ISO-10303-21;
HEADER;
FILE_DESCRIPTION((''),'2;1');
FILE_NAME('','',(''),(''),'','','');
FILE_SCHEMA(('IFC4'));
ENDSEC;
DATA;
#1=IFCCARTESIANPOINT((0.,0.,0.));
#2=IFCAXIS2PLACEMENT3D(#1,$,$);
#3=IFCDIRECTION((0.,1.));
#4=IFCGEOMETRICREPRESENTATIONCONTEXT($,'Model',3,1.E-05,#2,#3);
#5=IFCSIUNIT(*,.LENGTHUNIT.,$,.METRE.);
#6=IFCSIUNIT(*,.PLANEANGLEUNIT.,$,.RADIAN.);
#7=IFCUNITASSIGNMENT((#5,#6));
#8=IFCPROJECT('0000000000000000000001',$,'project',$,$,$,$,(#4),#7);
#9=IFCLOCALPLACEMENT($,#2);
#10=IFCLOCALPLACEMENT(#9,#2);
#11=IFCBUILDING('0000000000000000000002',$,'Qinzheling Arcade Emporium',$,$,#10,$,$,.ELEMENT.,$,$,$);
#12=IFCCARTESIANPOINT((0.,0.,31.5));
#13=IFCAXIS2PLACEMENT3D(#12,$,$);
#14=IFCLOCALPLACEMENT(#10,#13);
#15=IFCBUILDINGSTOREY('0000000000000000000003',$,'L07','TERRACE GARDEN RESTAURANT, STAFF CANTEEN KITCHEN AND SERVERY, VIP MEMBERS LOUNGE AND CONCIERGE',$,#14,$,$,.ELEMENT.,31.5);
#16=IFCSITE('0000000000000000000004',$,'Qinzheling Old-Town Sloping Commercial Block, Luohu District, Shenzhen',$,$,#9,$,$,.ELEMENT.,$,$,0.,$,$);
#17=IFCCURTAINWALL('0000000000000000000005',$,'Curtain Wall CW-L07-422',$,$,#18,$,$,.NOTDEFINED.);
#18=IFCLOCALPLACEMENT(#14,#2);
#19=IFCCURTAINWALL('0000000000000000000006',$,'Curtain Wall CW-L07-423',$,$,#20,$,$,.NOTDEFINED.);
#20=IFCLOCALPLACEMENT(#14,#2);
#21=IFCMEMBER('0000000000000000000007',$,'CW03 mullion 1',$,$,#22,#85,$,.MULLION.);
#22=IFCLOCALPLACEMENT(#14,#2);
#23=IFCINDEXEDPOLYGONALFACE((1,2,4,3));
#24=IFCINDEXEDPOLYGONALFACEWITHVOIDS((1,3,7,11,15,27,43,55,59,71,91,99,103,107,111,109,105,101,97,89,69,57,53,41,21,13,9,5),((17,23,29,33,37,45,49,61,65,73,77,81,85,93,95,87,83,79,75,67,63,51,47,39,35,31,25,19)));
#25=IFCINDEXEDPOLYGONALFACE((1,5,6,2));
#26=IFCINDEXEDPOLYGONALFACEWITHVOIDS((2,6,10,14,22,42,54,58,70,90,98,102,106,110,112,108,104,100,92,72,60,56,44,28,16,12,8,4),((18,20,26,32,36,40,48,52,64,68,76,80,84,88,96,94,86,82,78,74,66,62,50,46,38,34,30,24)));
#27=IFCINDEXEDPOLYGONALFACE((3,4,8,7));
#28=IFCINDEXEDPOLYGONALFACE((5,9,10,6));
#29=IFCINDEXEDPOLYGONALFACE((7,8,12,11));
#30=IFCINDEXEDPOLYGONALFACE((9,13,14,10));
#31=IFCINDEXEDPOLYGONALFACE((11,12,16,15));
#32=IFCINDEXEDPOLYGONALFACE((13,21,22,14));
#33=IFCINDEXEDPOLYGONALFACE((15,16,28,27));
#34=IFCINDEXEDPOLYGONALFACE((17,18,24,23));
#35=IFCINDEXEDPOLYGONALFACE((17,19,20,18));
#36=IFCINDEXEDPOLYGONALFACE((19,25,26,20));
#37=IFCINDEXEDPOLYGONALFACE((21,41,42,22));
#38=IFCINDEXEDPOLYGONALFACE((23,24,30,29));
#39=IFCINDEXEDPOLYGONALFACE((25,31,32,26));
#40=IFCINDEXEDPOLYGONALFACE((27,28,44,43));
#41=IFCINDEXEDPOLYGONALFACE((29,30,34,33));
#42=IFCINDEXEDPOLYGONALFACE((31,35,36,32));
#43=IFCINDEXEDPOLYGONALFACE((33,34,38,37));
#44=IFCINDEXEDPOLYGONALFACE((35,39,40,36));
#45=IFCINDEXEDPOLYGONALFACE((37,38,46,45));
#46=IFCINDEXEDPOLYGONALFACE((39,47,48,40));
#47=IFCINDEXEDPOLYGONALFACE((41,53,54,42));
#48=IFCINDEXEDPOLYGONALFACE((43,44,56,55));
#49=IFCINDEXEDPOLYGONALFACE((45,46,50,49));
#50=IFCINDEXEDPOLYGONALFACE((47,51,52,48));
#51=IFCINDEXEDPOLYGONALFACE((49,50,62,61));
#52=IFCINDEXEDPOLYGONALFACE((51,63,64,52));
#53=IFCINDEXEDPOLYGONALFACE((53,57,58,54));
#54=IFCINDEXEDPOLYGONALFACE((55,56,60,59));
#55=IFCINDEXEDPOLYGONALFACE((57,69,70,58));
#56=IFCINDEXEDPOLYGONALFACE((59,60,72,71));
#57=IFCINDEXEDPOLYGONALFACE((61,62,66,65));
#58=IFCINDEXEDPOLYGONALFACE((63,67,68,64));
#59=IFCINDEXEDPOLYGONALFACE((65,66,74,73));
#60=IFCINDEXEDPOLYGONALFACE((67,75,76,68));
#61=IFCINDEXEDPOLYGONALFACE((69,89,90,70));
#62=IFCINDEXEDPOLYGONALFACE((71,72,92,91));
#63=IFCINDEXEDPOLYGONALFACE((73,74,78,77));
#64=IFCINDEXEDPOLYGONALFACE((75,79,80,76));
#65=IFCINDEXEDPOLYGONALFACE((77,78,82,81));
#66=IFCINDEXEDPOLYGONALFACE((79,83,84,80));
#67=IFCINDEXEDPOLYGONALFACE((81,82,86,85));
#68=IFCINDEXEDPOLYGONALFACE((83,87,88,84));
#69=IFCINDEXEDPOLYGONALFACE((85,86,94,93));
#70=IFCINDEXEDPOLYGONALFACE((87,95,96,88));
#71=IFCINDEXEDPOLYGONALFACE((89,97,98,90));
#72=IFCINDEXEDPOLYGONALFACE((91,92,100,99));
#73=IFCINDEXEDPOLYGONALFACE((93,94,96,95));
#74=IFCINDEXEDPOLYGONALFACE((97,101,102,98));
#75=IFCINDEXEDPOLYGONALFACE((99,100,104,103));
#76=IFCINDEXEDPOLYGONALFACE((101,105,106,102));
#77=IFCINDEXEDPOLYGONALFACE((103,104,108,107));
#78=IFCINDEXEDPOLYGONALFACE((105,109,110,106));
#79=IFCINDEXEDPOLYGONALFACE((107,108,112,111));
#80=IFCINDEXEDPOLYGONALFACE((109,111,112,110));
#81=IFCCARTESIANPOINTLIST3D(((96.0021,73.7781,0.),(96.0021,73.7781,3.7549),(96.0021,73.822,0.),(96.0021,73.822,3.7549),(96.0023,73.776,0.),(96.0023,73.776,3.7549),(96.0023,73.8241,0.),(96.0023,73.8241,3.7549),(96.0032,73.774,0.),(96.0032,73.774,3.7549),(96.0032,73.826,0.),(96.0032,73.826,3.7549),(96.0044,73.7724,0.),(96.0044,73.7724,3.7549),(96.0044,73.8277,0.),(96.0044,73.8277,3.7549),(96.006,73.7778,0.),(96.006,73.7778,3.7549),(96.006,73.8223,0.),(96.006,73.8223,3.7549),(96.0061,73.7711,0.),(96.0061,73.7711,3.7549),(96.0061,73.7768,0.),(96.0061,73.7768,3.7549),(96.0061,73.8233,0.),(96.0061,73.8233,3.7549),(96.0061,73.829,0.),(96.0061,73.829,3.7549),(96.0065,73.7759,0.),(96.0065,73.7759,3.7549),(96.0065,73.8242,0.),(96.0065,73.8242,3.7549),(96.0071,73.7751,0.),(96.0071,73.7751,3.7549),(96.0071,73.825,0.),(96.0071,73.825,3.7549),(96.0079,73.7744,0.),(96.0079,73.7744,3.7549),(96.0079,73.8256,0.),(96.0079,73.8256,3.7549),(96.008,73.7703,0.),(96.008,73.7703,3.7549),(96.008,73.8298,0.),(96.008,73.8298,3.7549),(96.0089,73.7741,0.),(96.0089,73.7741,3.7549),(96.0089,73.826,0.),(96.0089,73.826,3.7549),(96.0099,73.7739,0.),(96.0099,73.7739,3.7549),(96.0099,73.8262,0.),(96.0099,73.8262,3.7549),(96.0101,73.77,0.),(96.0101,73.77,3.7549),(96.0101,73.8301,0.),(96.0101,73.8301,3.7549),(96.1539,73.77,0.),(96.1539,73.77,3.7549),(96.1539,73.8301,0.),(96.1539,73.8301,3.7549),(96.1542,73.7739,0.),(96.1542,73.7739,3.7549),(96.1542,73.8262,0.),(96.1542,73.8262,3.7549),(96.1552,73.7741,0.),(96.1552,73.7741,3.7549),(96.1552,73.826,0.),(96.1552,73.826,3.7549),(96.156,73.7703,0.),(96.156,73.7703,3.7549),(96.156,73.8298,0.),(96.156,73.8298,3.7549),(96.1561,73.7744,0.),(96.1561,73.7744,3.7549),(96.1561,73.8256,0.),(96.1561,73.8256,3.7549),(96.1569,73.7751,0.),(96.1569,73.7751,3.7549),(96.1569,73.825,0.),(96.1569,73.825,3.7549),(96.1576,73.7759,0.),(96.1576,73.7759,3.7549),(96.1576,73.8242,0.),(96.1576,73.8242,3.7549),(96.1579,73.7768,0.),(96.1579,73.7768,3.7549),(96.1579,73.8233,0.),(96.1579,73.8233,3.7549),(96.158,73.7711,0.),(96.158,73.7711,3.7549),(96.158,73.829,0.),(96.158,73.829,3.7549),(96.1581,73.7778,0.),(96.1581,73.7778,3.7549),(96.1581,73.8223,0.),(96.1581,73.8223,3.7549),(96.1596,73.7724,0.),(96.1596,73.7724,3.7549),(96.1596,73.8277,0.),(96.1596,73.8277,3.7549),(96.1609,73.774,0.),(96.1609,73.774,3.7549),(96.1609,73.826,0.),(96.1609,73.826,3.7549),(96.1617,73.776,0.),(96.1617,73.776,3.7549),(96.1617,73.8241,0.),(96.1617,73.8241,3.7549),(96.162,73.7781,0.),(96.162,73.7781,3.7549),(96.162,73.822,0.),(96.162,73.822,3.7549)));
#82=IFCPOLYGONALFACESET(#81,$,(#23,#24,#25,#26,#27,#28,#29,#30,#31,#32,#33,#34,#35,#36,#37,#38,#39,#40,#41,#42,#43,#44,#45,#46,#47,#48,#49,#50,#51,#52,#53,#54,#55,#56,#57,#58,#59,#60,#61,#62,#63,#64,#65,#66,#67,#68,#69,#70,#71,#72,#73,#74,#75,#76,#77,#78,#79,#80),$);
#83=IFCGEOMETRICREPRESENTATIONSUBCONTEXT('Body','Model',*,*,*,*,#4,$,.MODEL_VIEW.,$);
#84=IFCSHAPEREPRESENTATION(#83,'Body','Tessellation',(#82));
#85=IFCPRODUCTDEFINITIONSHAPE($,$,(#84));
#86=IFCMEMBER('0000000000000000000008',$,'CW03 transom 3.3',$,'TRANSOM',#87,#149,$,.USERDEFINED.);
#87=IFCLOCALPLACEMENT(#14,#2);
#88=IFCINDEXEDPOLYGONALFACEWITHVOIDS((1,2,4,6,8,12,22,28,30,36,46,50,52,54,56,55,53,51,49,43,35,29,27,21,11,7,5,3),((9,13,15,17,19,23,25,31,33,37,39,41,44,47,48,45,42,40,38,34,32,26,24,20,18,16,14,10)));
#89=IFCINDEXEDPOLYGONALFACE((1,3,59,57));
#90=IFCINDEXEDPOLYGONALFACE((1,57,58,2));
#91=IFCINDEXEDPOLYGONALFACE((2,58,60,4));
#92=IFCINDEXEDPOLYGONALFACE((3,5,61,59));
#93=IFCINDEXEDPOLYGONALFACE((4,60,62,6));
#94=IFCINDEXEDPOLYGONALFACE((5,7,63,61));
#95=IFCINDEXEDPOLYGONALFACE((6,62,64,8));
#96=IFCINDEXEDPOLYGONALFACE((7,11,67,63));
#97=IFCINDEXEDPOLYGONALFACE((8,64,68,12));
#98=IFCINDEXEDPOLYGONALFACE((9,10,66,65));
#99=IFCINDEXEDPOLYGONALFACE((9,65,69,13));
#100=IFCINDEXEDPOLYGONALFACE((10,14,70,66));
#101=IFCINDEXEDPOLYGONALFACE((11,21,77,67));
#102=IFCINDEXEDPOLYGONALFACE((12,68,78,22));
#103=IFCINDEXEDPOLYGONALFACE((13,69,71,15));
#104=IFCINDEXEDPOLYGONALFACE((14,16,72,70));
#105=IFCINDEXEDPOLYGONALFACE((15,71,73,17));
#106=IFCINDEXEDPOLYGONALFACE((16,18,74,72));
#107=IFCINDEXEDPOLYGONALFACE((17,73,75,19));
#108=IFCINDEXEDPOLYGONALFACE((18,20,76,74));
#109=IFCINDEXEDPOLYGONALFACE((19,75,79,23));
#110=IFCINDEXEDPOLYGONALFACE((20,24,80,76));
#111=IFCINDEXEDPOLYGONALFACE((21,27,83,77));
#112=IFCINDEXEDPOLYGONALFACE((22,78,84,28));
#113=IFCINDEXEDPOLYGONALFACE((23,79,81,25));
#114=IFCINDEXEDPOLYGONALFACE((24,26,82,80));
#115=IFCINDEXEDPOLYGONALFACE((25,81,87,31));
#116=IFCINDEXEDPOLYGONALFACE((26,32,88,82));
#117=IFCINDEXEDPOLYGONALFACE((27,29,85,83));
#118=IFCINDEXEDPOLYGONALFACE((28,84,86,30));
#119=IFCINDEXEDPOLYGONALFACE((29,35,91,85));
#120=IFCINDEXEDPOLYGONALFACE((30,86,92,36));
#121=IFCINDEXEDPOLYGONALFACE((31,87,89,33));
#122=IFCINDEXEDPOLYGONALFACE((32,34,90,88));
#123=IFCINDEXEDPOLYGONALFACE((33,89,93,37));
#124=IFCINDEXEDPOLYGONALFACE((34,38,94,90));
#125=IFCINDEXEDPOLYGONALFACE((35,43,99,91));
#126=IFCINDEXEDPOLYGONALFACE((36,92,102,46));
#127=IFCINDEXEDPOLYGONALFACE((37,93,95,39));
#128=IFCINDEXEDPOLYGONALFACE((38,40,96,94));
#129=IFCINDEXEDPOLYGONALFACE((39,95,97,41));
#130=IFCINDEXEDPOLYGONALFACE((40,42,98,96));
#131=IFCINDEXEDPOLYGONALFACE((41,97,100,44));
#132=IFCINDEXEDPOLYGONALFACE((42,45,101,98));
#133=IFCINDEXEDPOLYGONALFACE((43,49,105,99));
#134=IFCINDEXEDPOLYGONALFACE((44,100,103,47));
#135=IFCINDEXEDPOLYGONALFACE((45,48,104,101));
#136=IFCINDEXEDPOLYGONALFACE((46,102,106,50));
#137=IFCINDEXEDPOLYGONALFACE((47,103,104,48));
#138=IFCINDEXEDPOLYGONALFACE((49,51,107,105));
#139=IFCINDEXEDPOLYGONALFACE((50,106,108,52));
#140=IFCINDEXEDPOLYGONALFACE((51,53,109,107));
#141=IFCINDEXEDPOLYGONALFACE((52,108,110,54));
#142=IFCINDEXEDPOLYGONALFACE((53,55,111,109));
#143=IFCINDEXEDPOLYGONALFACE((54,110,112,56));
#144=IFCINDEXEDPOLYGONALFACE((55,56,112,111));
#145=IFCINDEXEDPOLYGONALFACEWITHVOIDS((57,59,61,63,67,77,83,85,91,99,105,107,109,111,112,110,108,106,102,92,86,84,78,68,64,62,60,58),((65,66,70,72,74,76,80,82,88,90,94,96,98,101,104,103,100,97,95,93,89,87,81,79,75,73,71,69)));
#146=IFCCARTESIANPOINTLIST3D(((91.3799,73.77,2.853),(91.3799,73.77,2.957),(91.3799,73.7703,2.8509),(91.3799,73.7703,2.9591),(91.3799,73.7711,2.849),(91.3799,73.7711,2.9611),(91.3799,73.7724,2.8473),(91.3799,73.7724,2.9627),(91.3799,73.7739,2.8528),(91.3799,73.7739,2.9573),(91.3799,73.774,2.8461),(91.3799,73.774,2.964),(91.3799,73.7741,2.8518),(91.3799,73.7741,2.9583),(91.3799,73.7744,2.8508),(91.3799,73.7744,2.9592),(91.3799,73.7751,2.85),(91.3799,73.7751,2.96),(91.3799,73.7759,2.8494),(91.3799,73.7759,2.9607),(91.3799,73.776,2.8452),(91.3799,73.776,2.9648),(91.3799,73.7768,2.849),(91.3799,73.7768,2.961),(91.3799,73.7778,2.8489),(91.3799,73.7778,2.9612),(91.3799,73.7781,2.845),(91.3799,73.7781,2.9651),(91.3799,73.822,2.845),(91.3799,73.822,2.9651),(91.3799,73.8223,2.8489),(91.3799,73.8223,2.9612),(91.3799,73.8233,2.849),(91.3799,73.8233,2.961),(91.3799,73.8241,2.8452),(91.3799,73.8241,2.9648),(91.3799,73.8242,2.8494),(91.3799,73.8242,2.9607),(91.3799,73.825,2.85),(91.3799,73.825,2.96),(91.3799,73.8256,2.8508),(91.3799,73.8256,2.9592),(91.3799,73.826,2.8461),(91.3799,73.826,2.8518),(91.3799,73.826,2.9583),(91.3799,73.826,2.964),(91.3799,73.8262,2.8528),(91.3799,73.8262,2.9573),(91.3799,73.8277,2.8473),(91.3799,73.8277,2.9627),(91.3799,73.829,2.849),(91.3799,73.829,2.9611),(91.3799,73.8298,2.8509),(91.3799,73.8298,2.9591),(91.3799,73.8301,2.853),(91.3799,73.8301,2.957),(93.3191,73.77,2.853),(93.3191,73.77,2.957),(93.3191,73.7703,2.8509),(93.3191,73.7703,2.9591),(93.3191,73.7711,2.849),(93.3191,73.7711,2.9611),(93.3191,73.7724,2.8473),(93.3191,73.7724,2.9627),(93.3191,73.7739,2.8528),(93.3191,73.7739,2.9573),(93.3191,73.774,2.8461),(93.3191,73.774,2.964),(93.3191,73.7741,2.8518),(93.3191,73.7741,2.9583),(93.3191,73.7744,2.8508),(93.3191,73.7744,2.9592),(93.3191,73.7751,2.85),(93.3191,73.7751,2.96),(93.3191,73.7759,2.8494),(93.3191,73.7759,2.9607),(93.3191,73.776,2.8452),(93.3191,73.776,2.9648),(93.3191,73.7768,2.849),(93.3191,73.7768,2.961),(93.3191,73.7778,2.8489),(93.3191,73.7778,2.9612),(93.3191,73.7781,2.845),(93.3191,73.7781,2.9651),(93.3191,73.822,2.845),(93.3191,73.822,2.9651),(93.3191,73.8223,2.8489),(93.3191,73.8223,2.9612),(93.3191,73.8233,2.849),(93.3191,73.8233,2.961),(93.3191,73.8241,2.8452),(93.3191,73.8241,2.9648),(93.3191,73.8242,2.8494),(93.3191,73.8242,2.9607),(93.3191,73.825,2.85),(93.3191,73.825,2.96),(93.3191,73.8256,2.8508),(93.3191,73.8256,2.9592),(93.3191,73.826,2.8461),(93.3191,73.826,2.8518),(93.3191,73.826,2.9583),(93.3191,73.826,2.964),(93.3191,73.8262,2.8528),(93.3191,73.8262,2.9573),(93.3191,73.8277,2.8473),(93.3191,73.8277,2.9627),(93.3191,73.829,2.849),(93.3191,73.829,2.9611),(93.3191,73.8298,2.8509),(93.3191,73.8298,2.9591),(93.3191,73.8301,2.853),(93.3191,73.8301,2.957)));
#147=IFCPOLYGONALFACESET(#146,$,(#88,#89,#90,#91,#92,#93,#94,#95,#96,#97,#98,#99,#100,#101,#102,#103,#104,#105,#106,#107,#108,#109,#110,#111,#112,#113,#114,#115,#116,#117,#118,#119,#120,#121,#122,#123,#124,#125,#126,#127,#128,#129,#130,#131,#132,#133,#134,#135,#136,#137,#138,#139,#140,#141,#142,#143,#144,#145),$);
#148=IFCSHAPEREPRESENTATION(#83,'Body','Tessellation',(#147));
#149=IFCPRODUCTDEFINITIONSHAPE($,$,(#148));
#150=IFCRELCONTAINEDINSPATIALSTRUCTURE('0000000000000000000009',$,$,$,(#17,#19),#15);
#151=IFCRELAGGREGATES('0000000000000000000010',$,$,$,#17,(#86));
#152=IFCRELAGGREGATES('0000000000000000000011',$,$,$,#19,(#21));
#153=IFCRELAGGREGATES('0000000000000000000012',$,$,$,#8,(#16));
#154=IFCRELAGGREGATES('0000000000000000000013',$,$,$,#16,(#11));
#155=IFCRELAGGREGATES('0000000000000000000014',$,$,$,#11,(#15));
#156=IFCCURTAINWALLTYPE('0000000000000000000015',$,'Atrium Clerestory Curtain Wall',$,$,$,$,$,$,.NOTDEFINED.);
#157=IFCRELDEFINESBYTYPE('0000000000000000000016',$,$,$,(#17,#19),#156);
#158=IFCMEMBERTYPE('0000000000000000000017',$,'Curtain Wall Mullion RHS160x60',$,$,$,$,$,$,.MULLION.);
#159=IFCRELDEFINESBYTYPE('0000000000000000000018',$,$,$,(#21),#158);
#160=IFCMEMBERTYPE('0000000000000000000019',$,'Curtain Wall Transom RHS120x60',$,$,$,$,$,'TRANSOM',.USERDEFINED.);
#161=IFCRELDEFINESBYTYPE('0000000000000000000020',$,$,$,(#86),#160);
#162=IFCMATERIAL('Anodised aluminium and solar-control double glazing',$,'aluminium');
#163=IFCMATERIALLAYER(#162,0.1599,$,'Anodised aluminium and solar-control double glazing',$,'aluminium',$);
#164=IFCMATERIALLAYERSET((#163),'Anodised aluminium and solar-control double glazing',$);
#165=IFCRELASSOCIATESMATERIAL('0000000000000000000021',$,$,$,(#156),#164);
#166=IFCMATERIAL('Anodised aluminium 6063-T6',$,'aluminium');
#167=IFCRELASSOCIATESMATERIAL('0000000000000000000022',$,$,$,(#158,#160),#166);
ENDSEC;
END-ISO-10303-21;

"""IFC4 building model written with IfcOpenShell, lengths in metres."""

from ifc_helpers import new_model, si_unit, direction, frame, origin, origin_2d, place, context, subcontext, project, spatial, hollow_rectangle, extrude, material, layer, layer_set, material_profile, profile_set, type_object, element, aggregate, save


model = new_model("IFC4")

# Units and contexts
model_context = context("Model", 3, precision=1e-05, world=origin(), true_north=direction((0.0, 1.0)))
body_context = subcontext(model_context, "Body", "Model", "MODEL_VIEW")
ifc_project = project(units=[si_unit("LENGTHUNIT", "METRE"), si_unit("PLANEANGLEUNIT", "RADIAN")], contexts=[model_context])

# Site, building, storey
site_placement = place(None, origin())
site = spatial("IfcSite", under=ifc_project, at=site_placement, Name="Qinzheling Old-Town Sloping Commercial Block, Luohu District, Shenzhen", CompositionType="ELEMENT", RefElevation=0.0)
building_placement = place(site_placement, origin())
building = spatial("IfcBuilding", under=site, at=building_placement, Name="Qinzheling Arcade Emporium", CompositionType="ELEMENT")
storey_placement = place(building_placement, frame((0.0, 0.0, 31.5)))
storey = spatial("IfcBuildingStorey", under=building, at=storey_placement, Name="L07", Description="TERRACE GARDEN RESTAURANT, STAFF CANTEEN KITCHEN AND SERVERY, VIP MEMBERS LOUNGE AND CONCIERGE", CompositionType="ELEMENT", Elevation=31.5)

# Curtain wall
ifc_material_1 = material(Name="Anodised aluminium and solar-control double glazing", Category="aluminium")
ifc_layer_1 = layer(ifc_material_1, 0.1599, Name="Anodised aluminium and solar-control double glazing", Category="aluminium")
ifc_layer_set_1 = layer_set([ifc_layer_1], Name="Anodised aluminium and solar-control double glazing")
curtain_wall_type = type_object("IfcCurtainWallType", Name="Atrium Clerestory Curtain Wall", PredefinedType="NOTDEFINED", material=ifc_layer_set_1)
curtain_wall_1_placement = place(storey_placement, origin())
curtain_wall_1 = element("IfcCurtainWall", 1, at=curtain_wall_1_placement, inside=storey, type_object=curtain_wall_type, Name="Curtain Wall CW-L07-422", PredefinedType="NOTDEFINED")
ifc_material_2 = material(Name="Anodised aluminium 6063-T6", Category="aluminium")
ifc_material_profile_1 = material_profile(ifc_material_2, hollow_rectangle(XDim=0.0601, YDim=0.1599, WallThickness=0.0039, InnerFilletRadius=0.0039, OuterFilletRadius=0.0081, at=origin_2d()), Name="RHS 160x60x4", Category="aluminium")
ifc_profile_set_1 = profile_set([ifc_material_profile_1], Name="Anodised aluminium 6063-T6")
member_type_1 = type_object("IfcMemberType", Name="Curtain Wall Mullion RHS160x60", PredefinedType="MULLION", material=ifc_profile_set_1)

# Curtain wall, member
curtain_wall_2_placement = place(storey_placement, origin())
curtain_wall_2 = element("IfcCurtainWall", 2, at=curtain_wall_2_placement, inside=storey, type_object=curtain_wall_type, Name="Curtain Wall CW-L07-423", PredefinedType="NOTDEFINED")
member_1_placement = place(storey_placement, frame((96.082, 73.8, 0.0), z_axis=(0.0, 0.0, 1.0), x_axis=(0.0, 1.0, 0.0)))
member_1 = element("IfcMember", 3, at=member_1_placement, type_object=member_type_1, Name="CW03 mullion 1", PredefinedType="MULLION", context=body_context, shape_type="SweptSolid", body=[
    extrude(hollow_rectangle(XDim=0.0601, YDim=0.1599, WallThickness=0.0039, InnerFilletRadius=0.0039, OuterFilletRadius=0.0081, at=origin_2d()), origin(), (0.0, 0.0, 1.0), 3.7549),
])

# Member
ifc_material_profile_2 = material_profile(ifc_material_2, hollow_rectangle(XDim=0.0601, YDim=0.1201, WallThickness=0.0039, InnerFilletRadius=0.0039, OuterFilletRadius=0.0081, at=origin_2d()), Name="RHS 120x60x4", Category="aluminium")
ifc_profile_set_2 = profile_set([ifc_material_profile_2], Name="Anodised aluminium 6063-T6")
member_type_2 = type_object("IfcMemberType", Name="Curtain Wall Transom RHS120x60", ElementType="TRANSOM", PredefinedType="USERDEFINED", material=ifc_profile_set_2)
member_2_placement = place(storey_placement, frame((91.3799, 73.8, 2.905), z_axis=(1.0, 0.0, 0.0), x_axis=(0.0, 1.0, 0.0)))
member_2 = element("IfcMember", 4, at=member_2_placement, type_object=member_type_2, Name="CW03 transom 3.3", ObjectType="TRANSOM", PredefinedType="USERDEFINED", context=body_context, shape_type="SweptSolid", body=[
    extrude(hollow_rectangle(XDim=0.0601, YDim=0.1201, WallThickness=0.0039, InnerFilletRadius=0.0039, OuterFilletRadius=0.0081, at=origin_2d()), origin(), (0.0, 0.0, 1.0), 1.9392),
])

aggregate(curtain_wall_1, [member_2])
aggregate(curtain_wall_2, [member_1])

save(model, "model.ifc")
